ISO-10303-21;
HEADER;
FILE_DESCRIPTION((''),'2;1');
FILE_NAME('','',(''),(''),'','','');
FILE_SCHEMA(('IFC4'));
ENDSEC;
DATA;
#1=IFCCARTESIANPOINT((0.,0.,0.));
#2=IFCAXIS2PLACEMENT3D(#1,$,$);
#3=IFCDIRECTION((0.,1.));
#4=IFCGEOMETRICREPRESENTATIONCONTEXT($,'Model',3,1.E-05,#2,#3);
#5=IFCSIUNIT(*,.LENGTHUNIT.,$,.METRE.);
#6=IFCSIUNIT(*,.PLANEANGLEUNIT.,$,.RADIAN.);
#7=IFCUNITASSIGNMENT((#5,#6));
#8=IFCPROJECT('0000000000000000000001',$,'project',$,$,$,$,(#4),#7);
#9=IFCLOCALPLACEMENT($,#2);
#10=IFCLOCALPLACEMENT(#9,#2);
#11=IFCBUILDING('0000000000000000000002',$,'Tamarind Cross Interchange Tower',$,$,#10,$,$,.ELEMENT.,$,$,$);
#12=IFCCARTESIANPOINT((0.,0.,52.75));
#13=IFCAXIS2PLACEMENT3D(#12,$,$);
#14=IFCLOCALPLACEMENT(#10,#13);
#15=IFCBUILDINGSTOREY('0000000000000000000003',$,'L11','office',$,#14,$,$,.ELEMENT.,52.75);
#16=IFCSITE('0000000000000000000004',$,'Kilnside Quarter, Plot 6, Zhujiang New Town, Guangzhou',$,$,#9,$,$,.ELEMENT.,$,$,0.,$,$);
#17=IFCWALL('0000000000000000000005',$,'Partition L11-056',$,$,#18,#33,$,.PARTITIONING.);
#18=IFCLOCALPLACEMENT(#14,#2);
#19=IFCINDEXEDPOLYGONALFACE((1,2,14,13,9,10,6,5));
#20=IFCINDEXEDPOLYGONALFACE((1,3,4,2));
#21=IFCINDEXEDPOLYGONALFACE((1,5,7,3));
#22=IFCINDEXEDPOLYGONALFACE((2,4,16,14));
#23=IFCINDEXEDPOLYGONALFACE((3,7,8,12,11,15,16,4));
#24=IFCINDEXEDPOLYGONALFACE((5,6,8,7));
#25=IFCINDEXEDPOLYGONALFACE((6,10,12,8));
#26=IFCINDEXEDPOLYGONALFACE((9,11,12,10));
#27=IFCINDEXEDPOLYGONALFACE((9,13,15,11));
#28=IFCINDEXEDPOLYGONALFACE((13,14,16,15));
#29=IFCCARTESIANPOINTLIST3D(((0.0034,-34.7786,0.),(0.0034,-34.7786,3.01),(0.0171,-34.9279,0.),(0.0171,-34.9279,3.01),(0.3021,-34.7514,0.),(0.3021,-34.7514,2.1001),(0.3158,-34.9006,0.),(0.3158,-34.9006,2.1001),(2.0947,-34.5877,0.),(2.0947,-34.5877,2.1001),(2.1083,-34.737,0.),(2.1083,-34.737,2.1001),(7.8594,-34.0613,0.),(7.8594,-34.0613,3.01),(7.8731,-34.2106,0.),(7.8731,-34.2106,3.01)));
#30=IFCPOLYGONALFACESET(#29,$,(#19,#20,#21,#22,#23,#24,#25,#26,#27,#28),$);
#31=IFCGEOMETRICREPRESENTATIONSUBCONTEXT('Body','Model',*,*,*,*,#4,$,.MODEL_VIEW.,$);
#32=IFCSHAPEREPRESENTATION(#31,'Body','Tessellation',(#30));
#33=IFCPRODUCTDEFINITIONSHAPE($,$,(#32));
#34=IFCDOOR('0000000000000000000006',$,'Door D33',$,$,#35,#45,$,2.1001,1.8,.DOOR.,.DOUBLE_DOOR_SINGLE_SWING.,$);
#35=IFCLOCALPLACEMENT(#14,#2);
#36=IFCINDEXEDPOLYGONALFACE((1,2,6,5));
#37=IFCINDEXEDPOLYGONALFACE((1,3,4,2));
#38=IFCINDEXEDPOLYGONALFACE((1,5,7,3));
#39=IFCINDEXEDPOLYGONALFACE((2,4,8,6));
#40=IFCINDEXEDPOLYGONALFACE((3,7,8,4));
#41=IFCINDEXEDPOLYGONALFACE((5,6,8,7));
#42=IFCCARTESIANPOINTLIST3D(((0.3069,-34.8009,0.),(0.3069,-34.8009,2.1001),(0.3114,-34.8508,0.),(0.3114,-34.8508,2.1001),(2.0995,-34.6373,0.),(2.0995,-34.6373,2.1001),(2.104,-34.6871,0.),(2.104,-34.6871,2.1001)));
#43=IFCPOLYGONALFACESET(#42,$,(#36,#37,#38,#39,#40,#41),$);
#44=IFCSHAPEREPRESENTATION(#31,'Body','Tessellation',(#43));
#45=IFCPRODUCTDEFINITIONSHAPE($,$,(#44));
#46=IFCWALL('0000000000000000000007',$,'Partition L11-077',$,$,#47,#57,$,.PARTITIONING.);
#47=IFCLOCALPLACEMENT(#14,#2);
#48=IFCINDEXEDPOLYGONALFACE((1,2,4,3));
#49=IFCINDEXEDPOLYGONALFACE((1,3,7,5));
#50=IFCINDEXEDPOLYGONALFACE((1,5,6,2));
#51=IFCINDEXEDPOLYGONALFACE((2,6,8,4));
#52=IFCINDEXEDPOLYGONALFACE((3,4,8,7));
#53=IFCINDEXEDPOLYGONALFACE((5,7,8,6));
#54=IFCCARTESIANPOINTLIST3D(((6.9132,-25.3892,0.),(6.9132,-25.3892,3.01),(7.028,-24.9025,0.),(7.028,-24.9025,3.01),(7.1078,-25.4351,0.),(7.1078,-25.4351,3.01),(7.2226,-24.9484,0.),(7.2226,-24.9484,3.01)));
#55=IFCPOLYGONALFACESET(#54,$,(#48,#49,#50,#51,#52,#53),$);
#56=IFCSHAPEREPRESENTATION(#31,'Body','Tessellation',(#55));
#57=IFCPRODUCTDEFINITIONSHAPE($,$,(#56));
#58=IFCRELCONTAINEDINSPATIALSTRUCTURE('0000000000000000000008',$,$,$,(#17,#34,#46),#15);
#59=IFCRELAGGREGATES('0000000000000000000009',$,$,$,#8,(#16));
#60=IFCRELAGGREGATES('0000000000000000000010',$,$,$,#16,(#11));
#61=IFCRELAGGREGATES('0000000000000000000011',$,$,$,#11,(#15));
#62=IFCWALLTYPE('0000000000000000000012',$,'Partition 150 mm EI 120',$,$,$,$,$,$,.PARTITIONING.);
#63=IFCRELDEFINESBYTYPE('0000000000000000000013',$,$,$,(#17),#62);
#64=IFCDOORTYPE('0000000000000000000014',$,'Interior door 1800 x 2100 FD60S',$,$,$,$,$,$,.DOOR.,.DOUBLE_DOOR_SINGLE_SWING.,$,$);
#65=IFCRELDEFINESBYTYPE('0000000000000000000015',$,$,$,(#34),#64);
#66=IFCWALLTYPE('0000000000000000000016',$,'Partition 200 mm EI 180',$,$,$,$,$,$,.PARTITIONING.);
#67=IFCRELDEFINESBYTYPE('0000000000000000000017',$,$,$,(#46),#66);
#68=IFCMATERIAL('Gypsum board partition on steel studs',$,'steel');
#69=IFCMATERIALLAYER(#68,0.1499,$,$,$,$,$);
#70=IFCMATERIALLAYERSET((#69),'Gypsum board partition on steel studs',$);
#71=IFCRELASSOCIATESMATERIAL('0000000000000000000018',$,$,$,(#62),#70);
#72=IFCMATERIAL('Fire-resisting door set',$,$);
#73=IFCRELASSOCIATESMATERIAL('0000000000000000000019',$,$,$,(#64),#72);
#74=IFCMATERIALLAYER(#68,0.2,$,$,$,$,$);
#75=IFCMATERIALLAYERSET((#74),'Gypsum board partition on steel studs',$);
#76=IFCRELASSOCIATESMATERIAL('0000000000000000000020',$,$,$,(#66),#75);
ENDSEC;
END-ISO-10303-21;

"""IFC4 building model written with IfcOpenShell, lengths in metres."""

from ifc_helpers import new_model, si_unit, direction, frame, frame_2d, origin, place, context, subcontext, project, spatial, rectangle, extrude, material, layer, layer_set, type_object, element, fill, save


model = new_model("IFC4")

# Units and contexts
model_context = context("Model", 3, precision=1e-05, world=origin(), true_north=direction((0.0, 1.0)))
body_context = subcontext(model_context, "Body", "Model", "MODEL_VIEW")
ifc_project = project(units=[si_unit("LENGTHUNIT", "METRE"), si_unit("PLANEANGLEUNIT", "RADIAN")], contexts=[model_context])

# Site, building, storey
site_placement = place(None, origin())
site = spatial("IfcSite", under=ifc_project, at=site_placement, Name="Kilnside Quarter, Plot 6, Zhujiang New Town, Guangzhou", CompositionType="ELEMENT", RefElevation=0.0)
building_placement = place(site_placement, origin())
building = spatial("IfcBuilding", under=site, at=building_placement, Name="Tamarind Cross Interchange Tower", CompositionType="ELEMENT")
storey_placement = place(building_placement, frame((0.0, 0.0, 52.75)))
storey = spatial("IfcBuildingStorey", under=building, at=storey_placement, Name="L11", Description="office", CompositionType="ELEMENT", Elevation=52.75)

# Shared definitions
ifc_material_1 = material(Name="Gypsum board partition on steel studs", Category="steel")

# Shared definitions
ifc_layer_1 = layer(ifc_material_1, 0.1499)
ifc_layer_set_1 = layer_set([ifc_layer_1], Name="Gypsum board partition on steel studs")
wall_type_1 = type_object("IfcWallType", Name="Partition 150 mm EI 120", PredefinedType="PARTITIONING", material=ifc_layer_set_1)
ifc_material_2 = material(Name="Fire-resisting door set")

# Wall, opening, door
wall_1_placement = place(storey_placement, frame((0.0103, -34.8533, 0.0), z_axis=(0.0, 0.0, 1.0), x_axis=(0.995858, 0.090926, 0.0)))
wall_1 = element("IfcWall", 1, at=wall_1_placement, inside=storey, type_object=wall_type_1, Name="Partition L11-056", PredefinedType="PARTITIONING", context=body_context, shape_type="SweptSolid", body=[
    extrude(rectangle(XDim=7.8887, YDim=0.1499, at=frame_2d((3.9443, 0.0))), origin(), (0.0, 0.0, 1.0), 3.01),
])
opening_1_placement = place(wall_1_placement, frame((0.3, 0.0, 0.0)))
opening_1 = element("IfcOpeningElement", 2, at=opening_1_placement, cuts=wall_1, PredefinedType="OPENING", context=body_context, shape_type="SweptSolid", body=[
    extrude(rectangle(XDim=1.8, YDim=2.1001, at=frame_2d((0.8999, 1.05))), frame((0.0, 0.085, 0.0), z_axis=(0.0, -1.0, 0.0), x_axis=(1.0, 0.0, 0.0)), (0.0, 0.0, 1.0), 0.1699),
])
door_type_1 = type_object("IfcDoorType", Name="Interior door 1800 x 2100 FD60S", OperationType="DOUBLE_DOOR_SINGLE_SWING", PredefinedType="DOOR", material=ifc_material_2)
door_1_placement = place(opening_1_placement, frame((1.8, 0.0, 0.0), z_axis=(0.0, 0.0, 1.0), x_axis=(-1.0, 0.0, 0.0)))
door_1 = element("IfcDoor", 3, at=door_1_placement, inside=storey, type_object=door_type_1, Name="Door D33", OperationType="DOUBLE_DOOR_SINGLE_SWING", OverallHeight=2.1001, OverallWidth=1.8, PredefinedType="DOOR", context=body_context, shape_type="SweptSolid", body=[
    extrude(rectangle(XDim=1.8, YDim=2.1001, at=frame_2d((0.8999, 1.05))), frame((0.0, 0.0249, 0.0), z_axis=(0.0, -1.0, 0.0), x_axis=(1.0, 0.0, 0.0)), (0.0, 0.0, 1.0), 0.05),
])
fill(opening_1, door_1)

# Wall
ifc_layer_2 = layer(ifc_material_1, 0.2)
ifc_layer_set_2 = layer_set([ifc_layer_2], Name="Gypsum board partition on steel studs")
wall_type_2 = type_object("IfcWallType", Name="Partition 200 mm EI 180", PredefinedType="PARTITIONING", material=ifc_layer_set_2)
wall_2_placement = place(storey_placement, frame((7.0105, -25.4121, 0.0), z_axis=(0.0, 0.0, 1.0), x_axis=(0.229529, 0.973302, 0.0)))
element("IfcWall", 4, at=wall_2_placement, inside=storey, type_object=wall_type_2, Name="Partition L11-077", PredefinedType="PARTITIONING", context=body_context, shape_type="SweptSolid", body=[
    extrude(rectangle(XDim=0.5, YDim=0.2, at=frame_2d((0.25, 0.0))), origin(), (0.0, 0.0, 1.0), 3.01),
])

save(model, "model.ifc")
